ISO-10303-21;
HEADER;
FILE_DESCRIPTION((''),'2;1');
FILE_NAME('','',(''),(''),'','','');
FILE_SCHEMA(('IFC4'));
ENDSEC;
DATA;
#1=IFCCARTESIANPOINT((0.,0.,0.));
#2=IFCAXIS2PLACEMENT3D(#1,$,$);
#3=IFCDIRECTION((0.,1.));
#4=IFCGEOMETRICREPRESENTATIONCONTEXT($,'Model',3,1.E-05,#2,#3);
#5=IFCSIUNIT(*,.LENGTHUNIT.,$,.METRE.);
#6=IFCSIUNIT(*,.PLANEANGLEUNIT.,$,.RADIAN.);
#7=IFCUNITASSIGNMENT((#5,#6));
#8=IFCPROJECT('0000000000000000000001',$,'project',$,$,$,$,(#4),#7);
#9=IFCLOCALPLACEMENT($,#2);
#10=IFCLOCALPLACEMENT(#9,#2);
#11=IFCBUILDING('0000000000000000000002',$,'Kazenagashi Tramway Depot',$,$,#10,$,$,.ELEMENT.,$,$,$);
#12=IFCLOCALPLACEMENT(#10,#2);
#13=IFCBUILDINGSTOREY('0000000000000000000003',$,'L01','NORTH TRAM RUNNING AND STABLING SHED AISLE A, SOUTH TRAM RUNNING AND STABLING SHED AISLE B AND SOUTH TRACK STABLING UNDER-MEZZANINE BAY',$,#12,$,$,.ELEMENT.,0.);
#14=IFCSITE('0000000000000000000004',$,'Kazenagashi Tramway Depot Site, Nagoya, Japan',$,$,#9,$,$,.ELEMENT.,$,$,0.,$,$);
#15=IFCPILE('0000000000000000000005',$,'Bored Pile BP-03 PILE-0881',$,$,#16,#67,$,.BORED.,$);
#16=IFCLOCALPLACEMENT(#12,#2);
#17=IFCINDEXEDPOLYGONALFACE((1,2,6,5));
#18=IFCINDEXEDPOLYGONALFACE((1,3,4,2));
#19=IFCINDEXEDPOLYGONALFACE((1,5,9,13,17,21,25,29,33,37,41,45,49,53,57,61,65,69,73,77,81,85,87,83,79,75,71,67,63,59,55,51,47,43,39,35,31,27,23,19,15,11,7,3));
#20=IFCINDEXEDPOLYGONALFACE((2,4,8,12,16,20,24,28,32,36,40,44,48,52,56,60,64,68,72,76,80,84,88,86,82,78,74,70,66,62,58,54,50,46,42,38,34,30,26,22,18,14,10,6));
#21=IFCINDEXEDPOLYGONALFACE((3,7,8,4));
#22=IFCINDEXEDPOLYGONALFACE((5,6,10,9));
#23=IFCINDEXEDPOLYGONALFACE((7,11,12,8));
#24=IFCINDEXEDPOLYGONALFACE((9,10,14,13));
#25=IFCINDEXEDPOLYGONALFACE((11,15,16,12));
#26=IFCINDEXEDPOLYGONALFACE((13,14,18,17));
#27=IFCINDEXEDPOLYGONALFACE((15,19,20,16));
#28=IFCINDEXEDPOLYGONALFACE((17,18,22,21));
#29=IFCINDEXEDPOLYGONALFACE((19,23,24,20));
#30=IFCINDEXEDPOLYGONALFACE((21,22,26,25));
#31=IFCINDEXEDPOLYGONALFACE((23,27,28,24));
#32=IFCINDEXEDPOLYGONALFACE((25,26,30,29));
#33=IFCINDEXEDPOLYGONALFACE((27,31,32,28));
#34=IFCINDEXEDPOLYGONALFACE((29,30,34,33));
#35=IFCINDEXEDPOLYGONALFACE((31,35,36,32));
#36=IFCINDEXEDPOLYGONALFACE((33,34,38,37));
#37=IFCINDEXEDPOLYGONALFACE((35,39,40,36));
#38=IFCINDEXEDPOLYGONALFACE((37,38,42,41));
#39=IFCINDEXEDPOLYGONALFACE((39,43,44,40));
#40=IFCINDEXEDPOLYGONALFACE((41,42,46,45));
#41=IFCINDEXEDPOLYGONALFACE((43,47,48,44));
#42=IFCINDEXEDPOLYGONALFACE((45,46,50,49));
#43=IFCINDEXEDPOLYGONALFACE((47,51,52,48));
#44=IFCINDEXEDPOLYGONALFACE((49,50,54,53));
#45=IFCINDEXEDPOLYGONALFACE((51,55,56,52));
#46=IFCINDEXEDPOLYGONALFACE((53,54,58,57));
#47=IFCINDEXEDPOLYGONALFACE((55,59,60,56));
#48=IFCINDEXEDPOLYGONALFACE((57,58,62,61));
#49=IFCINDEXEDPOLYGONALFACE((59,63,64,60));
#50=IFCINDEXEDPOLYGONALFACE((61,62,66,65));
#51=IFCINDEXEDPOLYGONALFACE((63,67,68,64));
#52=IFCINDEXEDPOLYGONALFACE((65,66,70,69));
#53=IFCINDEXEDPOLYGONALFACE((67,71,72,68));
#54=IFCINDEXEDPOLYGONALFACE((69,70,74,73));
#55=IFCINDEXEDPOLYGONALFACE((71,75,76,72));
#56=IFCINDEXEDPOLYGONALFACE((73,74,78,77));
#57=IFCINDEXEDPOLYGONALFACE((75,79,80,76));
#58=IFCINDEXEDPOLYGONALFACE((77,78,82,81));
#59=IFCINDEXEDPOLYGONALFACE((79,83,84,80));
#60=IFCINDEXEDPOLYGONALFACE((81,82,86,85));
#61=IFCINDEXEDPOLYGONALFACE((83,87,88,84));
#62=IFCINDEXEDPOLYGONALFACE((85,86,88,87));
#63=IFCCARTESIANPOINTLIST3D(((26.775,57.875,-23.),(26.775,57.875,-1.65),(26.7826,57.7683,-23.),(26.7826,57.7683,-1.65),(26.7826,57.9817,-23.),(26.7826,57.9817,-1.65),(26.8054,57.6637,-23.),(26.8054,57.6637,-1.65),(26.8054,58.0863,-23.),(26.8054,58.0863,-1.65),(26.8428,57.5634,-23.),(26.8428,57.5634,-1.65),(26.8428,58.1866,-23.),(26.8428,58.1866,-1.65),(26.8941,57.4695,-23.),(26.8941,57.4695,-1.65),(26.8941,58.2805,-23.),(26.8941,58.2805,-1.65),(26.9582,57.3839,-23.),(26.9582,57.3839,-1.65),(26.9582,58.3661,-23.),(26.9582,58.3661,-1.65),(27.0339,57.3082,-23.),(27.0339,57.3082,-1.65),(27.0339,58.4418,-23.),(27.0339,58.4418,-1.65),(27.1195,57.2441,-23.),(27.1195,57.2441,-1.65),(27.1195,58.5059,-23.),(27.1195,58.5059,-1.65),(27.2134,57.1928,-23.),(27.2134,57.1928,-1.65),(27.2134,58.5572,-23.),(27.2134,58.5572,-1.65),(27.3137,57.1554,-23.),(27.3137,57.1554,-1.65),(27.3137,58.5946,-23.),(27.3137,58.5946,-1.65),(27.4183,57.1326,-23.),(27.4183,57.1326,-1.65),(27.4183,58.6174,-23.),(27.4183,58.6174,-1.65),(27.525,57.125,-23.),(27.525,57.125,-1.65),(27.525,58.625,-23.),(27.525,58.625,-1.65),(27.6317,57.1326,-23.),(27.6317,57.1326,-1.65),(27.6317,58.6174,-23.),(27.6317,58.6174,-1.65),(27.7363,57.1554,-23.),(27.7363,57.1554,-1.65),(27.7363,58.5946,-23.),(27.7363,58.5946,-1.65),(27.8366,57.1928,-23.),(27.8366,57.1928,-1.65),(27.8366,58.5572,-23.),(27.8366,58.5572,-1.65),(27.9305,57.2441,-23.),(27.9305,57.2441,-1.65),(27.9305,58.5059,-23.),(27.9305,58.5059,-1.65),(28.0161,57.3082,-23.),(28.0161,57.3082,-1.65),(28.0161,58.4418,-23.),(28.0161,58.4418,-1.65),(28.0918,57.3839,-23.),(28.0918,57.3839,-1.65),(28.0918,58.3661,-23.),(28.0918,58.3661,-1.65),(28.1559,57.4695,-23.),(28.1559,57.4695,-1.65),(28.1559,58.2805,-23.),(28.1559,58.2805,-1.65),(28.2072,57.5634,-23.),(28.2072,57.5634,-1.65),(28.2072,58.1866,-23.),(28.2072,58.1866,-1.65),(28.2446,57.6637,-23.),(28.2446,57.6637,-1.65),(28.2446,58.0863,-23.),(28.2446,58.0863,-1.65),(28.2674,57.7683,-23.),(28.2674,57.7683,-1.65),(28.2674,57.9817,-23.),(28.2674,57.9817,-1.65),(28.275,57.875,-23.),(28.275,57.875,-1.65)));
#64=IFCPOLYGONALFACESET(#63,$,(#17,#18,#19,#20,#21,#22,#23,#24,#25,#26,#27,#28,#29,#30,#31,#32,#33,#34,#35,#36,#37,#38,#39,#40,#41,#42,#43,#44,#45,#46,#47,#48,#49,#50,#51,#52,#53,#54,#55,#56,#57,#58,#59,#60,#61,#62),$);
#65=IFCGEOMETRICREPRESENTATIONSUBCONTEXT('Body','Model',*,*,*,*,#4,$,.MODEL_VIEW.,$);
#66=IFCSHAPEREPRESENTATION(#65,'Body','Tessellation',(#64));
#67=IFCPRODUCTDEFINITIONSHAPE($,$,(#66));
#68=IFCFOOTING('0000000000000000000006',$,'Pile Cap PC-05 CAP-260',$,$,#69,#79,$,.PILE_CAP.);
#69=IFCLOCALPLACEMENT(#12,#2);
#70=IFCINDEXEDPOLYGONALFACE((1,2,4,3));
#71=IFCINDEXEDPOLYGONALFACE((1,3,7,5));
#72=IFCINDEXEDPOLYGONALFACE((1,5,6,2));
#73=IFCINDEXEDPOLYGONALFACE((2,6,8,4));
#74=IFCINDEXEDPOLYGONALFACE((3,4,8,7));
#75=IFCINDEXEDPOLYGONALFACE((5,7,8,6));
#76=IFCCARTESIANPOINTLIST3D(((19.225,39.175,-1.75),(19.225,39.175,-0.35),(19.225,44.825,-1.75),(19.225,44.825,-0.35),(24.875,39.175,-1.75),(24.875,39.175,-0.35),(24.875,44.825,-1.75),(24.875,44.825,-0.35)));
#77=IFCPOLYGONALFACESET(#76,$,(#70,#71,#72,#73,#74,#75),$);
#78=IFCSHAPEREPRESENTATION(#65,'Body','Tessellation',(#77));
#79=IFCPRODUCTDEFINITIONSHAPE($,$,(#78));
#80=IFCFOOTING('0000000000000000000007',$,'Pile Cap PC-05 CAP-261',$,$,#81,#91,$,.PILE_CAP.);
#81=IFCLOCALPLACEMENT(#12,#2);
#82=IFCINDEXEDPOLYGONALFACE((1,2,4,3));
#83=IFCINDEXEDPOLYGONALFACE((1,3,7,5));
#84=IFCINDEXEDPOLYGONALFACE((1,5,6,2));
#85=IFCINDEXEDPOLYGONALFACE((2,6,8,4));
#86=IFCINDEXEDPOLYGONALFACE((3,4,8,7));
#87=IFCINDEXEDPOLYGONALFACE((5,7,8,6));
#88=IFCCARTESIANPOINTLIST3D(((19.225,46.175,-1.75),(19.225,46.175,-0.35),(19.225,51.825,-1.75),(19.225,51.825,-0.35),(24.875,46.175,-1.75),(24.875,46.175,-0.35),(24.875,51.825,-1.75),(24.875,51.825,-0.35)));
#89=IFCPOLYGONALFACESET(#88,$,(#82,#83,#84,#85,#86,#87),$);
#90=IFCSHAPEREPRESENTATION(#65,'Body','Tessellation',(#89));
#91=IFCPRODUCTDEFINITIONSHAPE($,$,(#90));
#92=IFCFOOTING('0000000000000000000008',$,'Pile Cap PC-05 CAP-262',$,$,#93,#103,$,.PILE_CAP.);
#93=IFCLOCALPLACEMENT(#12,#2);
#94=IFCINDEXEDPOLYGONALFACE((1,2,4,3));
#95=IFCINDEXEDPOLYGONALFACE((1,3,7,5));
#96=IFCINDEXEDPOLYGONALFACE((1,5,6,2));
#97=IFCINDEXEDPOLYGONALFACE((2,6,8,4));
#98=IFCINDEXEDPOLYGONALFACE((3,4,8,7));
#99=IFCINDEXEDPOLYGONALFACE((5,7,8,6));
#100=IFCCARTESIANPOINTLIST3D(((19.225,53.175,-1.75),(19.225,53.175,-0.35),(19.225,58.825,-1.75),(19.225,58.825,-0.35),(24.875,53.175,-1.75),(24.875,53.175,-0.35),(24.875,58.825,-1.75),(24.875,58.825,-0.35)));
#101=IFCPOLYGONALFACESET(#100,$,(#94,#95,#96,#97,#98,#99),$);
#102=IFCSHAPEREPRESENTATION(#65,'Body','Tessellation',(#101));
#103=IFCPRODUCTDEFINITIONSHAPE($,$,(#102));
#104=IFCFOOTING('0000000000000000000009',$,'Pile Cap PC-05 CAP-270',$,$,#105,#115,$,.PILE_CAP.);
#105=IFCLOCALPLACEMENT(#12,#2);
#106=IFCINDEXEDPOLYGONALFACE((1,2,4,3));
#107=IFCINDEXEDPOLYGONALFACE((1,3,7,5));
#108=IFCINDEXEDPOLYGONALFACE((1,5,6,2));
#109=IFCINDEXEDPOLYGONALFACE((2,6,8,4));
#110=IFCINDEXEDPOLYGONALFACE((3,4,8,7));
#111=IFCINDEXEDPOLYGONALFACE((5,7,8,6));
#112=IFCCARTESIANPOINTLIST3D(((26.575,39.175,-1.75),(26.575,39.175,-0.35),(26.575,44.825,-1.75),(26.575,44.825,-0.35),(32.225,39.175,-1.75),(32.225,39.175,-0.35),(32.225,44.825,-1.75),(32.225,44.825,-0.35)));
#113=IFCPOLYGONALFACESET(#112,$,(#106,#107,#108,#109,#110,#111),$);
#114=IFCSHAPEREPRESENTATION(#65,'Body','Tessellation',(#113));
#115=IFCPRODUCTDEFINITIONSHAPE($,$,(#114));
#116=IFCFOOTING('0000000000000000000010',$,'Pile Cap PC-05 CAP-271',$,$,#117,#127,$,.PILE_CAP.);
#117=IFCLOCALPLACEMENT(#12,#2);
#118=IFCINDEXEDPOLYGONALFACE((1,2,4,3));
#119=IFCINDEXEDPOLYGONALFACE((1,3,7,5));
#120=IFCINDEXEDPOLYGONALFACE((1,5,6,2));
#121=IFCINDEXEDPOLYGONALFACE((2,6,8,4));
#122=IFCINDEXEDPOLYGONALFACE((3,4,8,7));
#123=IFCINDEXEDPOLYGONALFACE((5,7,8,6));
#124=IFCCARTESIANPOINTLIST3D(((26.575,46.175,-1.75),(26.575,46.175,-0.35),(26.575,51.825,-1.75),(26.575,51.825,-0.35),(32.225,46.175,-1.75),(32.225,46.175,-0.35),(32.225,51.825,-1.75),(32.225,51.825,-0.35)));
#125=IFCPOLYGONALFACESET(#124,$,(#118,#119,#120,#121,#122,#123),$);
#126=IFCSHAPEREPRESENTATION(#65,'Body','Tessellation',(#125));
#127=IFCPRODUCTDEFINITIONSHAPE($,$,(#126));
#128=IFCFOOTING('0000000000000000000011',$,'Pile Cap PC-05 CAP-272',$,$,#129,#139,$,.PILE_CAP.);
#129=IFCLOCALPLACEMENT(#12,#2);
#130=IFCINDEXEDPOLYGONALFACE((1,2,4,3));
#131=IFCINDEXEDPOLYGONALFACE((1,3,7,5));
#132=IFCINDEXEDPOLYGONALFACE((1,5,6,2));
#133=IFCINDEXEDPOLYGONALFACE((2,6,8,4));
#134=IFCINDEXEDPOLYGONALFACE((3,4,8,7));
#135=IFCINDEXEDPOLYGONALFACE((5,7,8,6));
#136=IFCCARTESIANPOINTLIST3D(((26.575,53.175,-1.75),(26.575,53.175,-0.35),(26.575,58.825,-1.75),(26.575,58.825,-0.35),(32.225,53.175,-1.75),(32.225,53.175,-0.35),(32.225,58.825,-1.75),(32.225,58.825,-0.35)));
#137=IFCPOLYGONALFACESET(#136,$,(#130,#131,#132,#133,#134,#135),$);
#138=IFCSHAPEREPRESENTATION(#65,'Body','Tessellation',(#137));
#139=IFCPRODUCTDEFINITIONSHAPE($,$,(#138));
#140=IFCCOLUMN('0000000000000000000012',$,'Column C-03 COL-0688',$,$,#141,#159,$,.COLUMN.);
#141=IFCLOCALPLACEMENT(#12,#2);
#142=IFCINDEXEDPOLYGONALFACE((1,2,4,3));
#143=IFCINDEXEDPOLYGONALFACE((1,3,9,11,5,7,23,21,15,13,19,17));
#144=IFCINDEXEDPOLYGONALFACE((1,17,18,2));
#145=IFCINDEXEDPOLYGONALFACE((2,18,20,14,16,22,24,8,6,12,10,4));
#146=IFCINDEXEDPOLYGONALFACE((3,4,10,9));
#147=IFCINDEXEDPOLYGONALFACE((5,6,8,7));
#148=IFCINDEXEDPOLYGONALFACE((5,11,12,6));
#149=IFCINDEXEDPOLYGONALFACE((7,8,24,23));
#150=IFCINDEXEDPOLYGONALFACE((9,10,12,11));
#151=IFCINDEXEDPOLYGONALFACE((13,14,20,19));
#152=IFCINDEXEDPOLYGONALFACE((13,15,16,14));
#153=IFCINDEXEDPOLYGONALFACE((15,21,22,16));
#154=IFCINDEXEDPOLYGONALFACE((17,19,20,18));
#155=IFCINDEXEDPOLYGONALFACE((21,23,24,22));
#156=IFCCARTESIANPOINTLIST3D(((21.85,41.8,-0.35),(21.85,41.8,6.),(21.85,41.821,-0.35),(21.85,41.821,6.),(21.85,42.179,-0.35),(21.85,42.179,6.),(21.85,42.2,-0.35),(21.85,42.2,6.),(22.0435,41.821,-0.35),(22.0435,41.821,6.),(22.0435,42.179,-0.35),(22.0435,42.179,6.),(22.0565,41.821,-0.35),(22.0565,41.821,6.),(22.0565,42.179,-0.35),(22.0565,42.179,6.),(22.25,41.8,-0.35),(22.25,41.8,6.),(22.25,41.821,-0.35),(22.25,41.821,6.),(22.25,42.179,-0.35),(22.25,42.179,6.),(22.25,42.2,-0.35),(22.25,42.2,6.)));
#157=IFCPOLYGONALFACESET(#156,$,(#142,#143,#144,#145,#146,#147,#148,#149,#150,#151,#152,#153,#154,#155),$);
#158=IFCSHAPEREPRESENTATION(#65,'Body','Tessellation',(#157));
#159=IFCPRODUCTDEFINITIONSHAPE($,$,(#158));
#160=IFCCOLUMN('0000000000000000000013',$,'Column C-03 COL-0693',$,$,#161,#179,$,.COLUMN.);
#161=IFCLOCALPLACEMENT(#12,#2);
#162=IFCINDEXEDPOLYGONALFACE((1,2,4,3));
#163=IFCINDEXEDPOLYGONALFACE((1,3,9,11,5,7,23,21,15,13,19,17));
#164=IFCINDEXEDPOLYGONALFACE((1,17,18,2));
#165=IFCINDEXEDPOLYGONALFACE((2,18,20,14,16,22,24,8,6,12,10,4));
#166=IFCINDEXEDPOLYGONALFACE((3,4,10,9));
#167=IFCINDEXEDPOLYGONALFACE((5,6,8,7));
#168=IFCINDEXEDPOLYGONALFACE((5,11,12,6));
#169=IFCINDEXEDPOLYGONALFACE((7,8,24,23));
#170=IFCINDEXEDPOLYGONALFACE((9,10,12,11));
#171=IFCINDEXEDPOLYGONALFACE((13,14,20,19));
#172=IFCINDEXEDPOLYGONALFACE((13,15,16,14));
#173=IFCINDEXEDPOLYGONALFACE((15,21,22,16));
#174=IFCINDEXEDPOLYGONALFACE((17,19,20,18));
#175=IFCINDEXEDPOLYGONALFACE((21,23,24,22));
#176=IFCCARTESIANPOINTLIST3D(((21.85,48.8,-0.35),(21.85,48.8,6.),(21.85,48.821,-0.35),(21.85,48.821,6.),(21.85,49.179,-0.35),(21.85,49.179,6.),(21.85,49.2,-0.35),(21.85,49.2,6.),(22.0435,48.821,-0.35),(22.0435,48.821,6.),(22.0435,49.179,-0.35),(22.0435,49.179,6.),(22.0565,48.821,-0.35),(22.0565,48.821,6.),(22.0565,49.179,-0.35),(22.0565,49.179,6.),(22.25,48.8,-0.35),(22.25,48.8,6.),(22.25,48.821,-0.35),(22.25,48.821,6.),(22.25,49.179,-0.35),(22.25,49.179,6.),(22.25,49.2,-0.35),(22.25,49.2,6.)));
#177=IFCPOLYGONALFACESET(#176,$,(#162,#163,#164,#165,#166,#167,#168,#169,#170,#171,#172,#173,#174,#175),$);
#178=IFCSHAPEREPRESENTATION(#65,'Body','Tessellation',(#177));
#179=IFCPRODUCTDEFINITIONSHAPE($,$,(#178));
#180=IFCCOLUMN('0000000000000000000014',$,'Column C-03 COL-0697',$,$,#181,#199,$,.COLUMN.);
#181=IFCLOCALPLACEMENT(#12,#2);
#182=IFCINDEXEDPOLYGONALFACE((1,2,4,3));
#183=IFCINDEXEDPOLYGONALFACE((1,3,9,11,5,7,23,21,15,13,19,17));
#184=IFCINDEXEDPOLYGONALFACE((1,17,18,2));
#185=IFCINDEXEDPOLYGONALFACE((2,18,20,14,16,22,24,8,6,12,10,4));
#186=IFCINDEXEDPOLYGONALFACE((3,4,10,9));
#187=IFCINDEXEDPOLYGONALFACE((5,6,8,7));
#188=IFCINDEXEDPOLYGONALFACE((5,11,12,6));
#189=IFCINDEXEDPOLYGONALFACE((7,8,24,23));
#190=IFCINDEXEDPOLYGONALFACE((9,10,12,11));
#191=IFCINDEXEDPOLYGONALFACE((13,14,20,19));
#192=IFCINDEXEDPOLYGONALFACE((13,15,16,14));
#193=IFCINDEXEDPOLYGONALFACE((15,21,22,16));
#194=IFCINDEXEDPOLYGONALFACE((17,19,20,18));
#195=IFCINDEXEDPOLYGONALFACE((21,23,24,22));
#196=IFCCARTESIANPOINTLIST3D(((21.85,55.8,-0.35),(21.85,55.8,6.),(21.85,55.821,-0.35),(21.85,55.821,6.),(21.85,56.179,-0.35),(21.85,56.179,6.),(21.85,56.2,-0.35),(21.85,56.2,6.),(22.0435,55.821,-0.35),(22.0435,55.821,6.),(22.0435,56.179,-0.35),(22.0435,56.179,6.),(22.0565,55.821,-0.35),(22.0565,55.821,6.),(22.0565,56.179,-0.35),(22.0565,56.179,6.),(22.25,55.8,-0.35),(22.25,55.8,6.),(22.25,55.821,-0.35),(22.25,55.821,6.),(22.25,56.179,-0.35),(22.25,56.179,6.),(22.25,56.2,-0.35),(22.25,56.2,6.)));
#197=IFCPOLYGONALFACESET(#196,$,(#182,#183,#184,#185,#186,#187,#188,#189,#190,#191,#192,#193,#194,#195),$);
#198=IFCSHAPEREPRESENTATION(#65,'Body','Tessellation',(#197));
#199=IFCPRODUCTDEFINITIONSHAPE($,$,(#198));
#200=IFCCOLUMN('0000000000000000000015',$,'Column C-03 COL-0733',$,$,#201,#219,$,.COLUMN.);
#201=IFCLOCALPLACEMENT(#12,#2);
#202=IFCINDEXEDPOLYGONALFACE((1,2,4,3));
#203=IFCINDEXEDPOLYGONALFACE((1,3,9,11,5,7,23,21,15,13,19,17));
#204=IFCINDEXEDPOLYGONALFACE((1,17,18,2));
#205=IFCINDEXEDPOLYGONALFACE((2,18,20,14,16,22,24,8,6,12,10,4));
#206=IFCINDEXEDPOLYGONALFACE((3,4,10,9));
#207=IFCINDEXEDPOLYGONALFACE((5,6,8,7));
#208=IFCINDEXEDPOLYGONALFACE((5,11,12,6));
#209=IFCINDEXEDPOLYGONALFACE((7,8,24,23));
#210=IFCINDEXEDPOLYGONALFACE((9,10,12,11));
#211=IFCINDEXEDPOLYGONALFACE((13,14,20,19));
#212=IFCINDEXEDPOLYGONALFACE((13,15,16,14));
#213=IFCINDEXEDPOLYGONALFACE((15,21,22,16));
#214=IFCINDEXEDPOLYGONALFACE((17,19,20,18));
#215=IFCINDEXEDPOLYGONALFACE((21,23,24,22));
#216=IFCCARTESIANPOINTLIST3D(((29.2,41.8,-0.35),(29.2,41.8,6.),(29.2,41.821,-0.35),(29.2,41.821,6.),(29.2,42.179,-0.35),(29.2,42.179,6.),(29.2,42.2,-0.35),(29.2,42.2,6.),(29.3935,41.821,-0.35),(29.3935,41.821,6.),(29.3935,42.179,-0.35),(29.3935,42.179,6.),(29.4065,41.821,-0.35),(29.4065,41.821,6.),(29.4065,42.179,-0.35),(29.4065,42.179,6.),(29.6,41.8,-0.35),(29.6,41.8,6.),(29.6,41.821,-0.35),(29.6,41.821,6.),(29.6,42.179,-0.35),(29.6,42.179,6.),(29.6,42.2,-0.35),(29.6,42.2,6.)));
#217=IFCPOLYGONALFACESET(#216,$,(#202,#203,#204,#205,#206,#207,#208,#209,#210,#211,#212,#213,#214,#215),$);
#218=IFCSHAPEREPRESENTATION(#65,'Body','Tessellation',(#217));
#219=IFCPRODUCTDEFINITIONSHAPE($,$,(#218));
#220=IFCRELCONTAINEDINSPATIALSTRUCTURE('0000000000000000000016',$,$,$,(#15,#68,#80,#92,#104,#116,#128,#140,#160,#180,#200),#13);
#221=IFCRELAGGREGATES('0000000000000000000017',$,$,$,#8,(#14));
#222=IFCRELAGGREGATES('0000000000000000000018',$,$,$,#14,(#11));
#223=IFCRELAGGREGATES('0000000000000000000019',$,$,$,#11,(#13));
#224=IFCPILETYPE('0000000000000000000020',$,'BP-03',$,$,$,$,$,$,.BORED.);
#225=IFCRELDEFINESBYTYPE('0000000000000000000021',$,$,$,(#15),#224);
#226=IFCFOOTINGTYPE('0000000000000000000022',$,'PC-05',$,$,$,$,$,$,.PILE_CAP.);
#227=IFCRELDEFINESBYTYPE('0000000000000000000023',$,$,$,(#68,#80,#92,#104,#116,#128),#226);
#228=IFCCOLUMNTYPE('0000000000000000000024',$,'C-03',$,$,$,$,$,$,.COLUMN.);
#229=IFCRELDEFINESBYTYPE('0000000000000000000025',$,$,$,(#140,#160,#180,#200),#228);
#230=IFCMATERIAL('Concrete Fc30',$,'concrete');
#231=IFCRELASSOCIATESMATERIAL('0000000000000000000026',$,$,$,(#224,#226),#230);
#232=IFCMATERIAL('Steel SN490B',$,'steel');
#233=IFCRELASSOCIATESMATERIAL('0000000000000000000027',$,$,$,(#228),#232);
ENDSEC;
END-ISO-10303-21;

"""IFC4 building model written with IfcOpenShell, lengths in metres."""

from ifc_helpers import new_model, si_unit, direction, frame, origin, origin_2d, place, context, subcontext, project, spatial, rectangle, circle, i_section, extrude, material, material_profile, profile_set, type_object, element, save


model = new_model("IFC4")

# Units and contexts
model_context = context("Model", 3, precision=1e-05, world=origin(), true_north=direction((0.0, 1.0)))
body_context = subcontext(model_context, "Body", "Model", "MODEL_VIEW")
ifc_project = project(units=[si_unit("LENGTHUNIT", "METRE"), si_unit("PLANEANGLEUNIT", "RADIAN")], contexts=[model_context])

# Site, building, storey
site_placement = place(None, origin())
site = spatial("IfcSite", under=ifc_project, at=site_placement, Name="Kazenagashi Tramway Depot Site, Nagoya, Japan", CompositionType="ELEMENT", RefElevation=0.0)
building_placement = place(site_placement, origin())
building = spatial("IfcBuilding", under=site, at=building_placement, Name="Kazenagashi Tramway Depot", CompositionType="ELEMENT")
storey_placement = place(building_placement, origin())
storey = spatial("IfcBuildingStorey", under=building, at=storey_placement, Name="L01", Description="NORTH TRAM RUNNING AND STABLING SHED AISLE A, SOUTH TRAM RUNNING AND STABLING SHED AISLE B AND SOUTH TRACK STABLING UNDER-MEZZANINE BAY", CompositionType="ELEMENT", Elevation=0.0)

# Pile
ifc_material_1 = material(Name="Concrete Fc30", Category="concrete")
ifc_material_profile_1 = material_profile(ifc_material_1, circle(Radius=0.75, at=origin_2d()), Name="PILE-1500")
ifc_profile_set_1 = profile_set([ifc_material_profile_1], Name="Concrete Fc30")
pile_type = type_object("IfcPileType", Name="BP-03", PredefinedType="BORED", material=ifc_profile_set_1)
for number, where, z_axis, x_axis, name in (
    (1, (27.525, 57.875, -1.65), (0.0, 0.0, -1.0), (1.0, 0.0, 0.0), "Bored Pile BP-03 PILE-0881"),
):
    element("IfcPile", number, at=place(storey_placement, frame(where, z_axis=z_axis, x_axis=x_axis)), inside=storey, type_object=pile_type, Name=name, PredefinedType="BORED", context=body_context, shape_type="SweptSolid", body=[
        extrude(circle(Radius=0.75, at=origin_2d()), origin(), (0.0, 0.0, 1.0), 21.35),
    ])

# Footings
footing_type = type_object("IfcFootingType", Name="PC-05", PredefinedType="PILE_CAP", material=ifc_material_1)
for number, where, z_axis, x_axis, name in (
    (2, (22.05, 42.0, -1.75), (0.0, 0.0, 1.0), (1.0, 0.0, 0.0), "Pile Cap PC-05 CAP-260"),
    (3, (22.05, 49.0, -1.75), (0.0, 0.0, 1.0), (1.0, 0.0, 0.0), "Pile Cap PC-05 CAP-261"),
    (4, (22.05, 56.0, -1.75), (0.0, 0.0, 1.0), (1.0, 0.0, 0.0), "Pile Cap PC-05 CAP-262"),
    (5, (29.4, 42.0, -1.75), (0.0, 0.0, 1.0), (1.0, 0.0, 0.0), "Pile Cap PC-05 CAP-270"),
    (6, (29.4, 49.0, -1.75), (0.0, 0.0, 1.0), (1.0, 0.0, 0.0), "Pile Cap PC-05 CAP-271"),
    (7, (29.4, 56.0, -1.75), (0.0, 0.0, 1.0), (1.0, 0.0, 0.0), "Pile Cap PC-05 CAP-272"),
):
    element("IfcFooting", number, at=place(storey_placement, frame(where, z_axis=z_axis, x_axis=x_axis)), inside=storey, type_object=footing_type, Name=name, PredefinedType="PILE_CAP", context=body_context, shape_type="SweptSolid", body=[
        extrude(rectangle(XDim=5.65, YDim=5.65, at=origin_2d()), origin(), (0.0, 0.0, 1.0), 1.4),
    ])

# Columns
ifc_material_2 = material(Name="Steel SN490B", Category="steel")
ifc_material_profile_2 = material_profile(ifc_material_2, i_section(OverallWidth=0.4, OverallDepth=0.4, WebThickness=0.013, FlangeThickness=0.021, at=origin_2d()), Name="H-400x400x13x21")
ifc_profile_set_2 = profile_set([ifc_material_profile_2], Name="Steel SN490B")
column_type = type_object("IfcColumnType", Name="C-03", PredefinedType="COLUMN", material=ifc_profile_set_2)
for number, where, z_axis, x_axis, name in (
    (8, (22.05, 42.0, -0.35), (0.0, 0.0, 1.0), (1.0, 0.0, 0.0), "Column C-03 COL-0688"),
    (9, (22.05, 49.0, -0.35), (0.0, 0.0, 1.0), (1.0, 0.0, 0.0), "Column C-03 COL-0693"),
    (10, (22.05, 56.0, -0.35), (0.0, 0.0, 1.0), (1.0, 0.0, 0.0), "Column C-03 COL-0697"),
    (11, (29.4, 42.0, -0.35), (0.0, 0.0, 1.0), (1.0, 0.0, 0.0), "Column C-03 COL-0733"),
):
    element("IfcColumn", number, at=place(storey_placement, frame(where, z_axis=z_axis, x_axis=x_axis)), inside=storey, type_object=column_type, Name=name, PredefinedType="COLUMN", context=body_context, shape_type="SweptSolid", body=[
        extrude(i_section(OverallWidth=0.4, OverallDepth=0.4, WebThickness=0.013, FlangeThickness=0.021, at=origin_2d()), origin(), (0.0, 0.0, 1.0), 6.35),
    ])

save(model, "model.ifc")
